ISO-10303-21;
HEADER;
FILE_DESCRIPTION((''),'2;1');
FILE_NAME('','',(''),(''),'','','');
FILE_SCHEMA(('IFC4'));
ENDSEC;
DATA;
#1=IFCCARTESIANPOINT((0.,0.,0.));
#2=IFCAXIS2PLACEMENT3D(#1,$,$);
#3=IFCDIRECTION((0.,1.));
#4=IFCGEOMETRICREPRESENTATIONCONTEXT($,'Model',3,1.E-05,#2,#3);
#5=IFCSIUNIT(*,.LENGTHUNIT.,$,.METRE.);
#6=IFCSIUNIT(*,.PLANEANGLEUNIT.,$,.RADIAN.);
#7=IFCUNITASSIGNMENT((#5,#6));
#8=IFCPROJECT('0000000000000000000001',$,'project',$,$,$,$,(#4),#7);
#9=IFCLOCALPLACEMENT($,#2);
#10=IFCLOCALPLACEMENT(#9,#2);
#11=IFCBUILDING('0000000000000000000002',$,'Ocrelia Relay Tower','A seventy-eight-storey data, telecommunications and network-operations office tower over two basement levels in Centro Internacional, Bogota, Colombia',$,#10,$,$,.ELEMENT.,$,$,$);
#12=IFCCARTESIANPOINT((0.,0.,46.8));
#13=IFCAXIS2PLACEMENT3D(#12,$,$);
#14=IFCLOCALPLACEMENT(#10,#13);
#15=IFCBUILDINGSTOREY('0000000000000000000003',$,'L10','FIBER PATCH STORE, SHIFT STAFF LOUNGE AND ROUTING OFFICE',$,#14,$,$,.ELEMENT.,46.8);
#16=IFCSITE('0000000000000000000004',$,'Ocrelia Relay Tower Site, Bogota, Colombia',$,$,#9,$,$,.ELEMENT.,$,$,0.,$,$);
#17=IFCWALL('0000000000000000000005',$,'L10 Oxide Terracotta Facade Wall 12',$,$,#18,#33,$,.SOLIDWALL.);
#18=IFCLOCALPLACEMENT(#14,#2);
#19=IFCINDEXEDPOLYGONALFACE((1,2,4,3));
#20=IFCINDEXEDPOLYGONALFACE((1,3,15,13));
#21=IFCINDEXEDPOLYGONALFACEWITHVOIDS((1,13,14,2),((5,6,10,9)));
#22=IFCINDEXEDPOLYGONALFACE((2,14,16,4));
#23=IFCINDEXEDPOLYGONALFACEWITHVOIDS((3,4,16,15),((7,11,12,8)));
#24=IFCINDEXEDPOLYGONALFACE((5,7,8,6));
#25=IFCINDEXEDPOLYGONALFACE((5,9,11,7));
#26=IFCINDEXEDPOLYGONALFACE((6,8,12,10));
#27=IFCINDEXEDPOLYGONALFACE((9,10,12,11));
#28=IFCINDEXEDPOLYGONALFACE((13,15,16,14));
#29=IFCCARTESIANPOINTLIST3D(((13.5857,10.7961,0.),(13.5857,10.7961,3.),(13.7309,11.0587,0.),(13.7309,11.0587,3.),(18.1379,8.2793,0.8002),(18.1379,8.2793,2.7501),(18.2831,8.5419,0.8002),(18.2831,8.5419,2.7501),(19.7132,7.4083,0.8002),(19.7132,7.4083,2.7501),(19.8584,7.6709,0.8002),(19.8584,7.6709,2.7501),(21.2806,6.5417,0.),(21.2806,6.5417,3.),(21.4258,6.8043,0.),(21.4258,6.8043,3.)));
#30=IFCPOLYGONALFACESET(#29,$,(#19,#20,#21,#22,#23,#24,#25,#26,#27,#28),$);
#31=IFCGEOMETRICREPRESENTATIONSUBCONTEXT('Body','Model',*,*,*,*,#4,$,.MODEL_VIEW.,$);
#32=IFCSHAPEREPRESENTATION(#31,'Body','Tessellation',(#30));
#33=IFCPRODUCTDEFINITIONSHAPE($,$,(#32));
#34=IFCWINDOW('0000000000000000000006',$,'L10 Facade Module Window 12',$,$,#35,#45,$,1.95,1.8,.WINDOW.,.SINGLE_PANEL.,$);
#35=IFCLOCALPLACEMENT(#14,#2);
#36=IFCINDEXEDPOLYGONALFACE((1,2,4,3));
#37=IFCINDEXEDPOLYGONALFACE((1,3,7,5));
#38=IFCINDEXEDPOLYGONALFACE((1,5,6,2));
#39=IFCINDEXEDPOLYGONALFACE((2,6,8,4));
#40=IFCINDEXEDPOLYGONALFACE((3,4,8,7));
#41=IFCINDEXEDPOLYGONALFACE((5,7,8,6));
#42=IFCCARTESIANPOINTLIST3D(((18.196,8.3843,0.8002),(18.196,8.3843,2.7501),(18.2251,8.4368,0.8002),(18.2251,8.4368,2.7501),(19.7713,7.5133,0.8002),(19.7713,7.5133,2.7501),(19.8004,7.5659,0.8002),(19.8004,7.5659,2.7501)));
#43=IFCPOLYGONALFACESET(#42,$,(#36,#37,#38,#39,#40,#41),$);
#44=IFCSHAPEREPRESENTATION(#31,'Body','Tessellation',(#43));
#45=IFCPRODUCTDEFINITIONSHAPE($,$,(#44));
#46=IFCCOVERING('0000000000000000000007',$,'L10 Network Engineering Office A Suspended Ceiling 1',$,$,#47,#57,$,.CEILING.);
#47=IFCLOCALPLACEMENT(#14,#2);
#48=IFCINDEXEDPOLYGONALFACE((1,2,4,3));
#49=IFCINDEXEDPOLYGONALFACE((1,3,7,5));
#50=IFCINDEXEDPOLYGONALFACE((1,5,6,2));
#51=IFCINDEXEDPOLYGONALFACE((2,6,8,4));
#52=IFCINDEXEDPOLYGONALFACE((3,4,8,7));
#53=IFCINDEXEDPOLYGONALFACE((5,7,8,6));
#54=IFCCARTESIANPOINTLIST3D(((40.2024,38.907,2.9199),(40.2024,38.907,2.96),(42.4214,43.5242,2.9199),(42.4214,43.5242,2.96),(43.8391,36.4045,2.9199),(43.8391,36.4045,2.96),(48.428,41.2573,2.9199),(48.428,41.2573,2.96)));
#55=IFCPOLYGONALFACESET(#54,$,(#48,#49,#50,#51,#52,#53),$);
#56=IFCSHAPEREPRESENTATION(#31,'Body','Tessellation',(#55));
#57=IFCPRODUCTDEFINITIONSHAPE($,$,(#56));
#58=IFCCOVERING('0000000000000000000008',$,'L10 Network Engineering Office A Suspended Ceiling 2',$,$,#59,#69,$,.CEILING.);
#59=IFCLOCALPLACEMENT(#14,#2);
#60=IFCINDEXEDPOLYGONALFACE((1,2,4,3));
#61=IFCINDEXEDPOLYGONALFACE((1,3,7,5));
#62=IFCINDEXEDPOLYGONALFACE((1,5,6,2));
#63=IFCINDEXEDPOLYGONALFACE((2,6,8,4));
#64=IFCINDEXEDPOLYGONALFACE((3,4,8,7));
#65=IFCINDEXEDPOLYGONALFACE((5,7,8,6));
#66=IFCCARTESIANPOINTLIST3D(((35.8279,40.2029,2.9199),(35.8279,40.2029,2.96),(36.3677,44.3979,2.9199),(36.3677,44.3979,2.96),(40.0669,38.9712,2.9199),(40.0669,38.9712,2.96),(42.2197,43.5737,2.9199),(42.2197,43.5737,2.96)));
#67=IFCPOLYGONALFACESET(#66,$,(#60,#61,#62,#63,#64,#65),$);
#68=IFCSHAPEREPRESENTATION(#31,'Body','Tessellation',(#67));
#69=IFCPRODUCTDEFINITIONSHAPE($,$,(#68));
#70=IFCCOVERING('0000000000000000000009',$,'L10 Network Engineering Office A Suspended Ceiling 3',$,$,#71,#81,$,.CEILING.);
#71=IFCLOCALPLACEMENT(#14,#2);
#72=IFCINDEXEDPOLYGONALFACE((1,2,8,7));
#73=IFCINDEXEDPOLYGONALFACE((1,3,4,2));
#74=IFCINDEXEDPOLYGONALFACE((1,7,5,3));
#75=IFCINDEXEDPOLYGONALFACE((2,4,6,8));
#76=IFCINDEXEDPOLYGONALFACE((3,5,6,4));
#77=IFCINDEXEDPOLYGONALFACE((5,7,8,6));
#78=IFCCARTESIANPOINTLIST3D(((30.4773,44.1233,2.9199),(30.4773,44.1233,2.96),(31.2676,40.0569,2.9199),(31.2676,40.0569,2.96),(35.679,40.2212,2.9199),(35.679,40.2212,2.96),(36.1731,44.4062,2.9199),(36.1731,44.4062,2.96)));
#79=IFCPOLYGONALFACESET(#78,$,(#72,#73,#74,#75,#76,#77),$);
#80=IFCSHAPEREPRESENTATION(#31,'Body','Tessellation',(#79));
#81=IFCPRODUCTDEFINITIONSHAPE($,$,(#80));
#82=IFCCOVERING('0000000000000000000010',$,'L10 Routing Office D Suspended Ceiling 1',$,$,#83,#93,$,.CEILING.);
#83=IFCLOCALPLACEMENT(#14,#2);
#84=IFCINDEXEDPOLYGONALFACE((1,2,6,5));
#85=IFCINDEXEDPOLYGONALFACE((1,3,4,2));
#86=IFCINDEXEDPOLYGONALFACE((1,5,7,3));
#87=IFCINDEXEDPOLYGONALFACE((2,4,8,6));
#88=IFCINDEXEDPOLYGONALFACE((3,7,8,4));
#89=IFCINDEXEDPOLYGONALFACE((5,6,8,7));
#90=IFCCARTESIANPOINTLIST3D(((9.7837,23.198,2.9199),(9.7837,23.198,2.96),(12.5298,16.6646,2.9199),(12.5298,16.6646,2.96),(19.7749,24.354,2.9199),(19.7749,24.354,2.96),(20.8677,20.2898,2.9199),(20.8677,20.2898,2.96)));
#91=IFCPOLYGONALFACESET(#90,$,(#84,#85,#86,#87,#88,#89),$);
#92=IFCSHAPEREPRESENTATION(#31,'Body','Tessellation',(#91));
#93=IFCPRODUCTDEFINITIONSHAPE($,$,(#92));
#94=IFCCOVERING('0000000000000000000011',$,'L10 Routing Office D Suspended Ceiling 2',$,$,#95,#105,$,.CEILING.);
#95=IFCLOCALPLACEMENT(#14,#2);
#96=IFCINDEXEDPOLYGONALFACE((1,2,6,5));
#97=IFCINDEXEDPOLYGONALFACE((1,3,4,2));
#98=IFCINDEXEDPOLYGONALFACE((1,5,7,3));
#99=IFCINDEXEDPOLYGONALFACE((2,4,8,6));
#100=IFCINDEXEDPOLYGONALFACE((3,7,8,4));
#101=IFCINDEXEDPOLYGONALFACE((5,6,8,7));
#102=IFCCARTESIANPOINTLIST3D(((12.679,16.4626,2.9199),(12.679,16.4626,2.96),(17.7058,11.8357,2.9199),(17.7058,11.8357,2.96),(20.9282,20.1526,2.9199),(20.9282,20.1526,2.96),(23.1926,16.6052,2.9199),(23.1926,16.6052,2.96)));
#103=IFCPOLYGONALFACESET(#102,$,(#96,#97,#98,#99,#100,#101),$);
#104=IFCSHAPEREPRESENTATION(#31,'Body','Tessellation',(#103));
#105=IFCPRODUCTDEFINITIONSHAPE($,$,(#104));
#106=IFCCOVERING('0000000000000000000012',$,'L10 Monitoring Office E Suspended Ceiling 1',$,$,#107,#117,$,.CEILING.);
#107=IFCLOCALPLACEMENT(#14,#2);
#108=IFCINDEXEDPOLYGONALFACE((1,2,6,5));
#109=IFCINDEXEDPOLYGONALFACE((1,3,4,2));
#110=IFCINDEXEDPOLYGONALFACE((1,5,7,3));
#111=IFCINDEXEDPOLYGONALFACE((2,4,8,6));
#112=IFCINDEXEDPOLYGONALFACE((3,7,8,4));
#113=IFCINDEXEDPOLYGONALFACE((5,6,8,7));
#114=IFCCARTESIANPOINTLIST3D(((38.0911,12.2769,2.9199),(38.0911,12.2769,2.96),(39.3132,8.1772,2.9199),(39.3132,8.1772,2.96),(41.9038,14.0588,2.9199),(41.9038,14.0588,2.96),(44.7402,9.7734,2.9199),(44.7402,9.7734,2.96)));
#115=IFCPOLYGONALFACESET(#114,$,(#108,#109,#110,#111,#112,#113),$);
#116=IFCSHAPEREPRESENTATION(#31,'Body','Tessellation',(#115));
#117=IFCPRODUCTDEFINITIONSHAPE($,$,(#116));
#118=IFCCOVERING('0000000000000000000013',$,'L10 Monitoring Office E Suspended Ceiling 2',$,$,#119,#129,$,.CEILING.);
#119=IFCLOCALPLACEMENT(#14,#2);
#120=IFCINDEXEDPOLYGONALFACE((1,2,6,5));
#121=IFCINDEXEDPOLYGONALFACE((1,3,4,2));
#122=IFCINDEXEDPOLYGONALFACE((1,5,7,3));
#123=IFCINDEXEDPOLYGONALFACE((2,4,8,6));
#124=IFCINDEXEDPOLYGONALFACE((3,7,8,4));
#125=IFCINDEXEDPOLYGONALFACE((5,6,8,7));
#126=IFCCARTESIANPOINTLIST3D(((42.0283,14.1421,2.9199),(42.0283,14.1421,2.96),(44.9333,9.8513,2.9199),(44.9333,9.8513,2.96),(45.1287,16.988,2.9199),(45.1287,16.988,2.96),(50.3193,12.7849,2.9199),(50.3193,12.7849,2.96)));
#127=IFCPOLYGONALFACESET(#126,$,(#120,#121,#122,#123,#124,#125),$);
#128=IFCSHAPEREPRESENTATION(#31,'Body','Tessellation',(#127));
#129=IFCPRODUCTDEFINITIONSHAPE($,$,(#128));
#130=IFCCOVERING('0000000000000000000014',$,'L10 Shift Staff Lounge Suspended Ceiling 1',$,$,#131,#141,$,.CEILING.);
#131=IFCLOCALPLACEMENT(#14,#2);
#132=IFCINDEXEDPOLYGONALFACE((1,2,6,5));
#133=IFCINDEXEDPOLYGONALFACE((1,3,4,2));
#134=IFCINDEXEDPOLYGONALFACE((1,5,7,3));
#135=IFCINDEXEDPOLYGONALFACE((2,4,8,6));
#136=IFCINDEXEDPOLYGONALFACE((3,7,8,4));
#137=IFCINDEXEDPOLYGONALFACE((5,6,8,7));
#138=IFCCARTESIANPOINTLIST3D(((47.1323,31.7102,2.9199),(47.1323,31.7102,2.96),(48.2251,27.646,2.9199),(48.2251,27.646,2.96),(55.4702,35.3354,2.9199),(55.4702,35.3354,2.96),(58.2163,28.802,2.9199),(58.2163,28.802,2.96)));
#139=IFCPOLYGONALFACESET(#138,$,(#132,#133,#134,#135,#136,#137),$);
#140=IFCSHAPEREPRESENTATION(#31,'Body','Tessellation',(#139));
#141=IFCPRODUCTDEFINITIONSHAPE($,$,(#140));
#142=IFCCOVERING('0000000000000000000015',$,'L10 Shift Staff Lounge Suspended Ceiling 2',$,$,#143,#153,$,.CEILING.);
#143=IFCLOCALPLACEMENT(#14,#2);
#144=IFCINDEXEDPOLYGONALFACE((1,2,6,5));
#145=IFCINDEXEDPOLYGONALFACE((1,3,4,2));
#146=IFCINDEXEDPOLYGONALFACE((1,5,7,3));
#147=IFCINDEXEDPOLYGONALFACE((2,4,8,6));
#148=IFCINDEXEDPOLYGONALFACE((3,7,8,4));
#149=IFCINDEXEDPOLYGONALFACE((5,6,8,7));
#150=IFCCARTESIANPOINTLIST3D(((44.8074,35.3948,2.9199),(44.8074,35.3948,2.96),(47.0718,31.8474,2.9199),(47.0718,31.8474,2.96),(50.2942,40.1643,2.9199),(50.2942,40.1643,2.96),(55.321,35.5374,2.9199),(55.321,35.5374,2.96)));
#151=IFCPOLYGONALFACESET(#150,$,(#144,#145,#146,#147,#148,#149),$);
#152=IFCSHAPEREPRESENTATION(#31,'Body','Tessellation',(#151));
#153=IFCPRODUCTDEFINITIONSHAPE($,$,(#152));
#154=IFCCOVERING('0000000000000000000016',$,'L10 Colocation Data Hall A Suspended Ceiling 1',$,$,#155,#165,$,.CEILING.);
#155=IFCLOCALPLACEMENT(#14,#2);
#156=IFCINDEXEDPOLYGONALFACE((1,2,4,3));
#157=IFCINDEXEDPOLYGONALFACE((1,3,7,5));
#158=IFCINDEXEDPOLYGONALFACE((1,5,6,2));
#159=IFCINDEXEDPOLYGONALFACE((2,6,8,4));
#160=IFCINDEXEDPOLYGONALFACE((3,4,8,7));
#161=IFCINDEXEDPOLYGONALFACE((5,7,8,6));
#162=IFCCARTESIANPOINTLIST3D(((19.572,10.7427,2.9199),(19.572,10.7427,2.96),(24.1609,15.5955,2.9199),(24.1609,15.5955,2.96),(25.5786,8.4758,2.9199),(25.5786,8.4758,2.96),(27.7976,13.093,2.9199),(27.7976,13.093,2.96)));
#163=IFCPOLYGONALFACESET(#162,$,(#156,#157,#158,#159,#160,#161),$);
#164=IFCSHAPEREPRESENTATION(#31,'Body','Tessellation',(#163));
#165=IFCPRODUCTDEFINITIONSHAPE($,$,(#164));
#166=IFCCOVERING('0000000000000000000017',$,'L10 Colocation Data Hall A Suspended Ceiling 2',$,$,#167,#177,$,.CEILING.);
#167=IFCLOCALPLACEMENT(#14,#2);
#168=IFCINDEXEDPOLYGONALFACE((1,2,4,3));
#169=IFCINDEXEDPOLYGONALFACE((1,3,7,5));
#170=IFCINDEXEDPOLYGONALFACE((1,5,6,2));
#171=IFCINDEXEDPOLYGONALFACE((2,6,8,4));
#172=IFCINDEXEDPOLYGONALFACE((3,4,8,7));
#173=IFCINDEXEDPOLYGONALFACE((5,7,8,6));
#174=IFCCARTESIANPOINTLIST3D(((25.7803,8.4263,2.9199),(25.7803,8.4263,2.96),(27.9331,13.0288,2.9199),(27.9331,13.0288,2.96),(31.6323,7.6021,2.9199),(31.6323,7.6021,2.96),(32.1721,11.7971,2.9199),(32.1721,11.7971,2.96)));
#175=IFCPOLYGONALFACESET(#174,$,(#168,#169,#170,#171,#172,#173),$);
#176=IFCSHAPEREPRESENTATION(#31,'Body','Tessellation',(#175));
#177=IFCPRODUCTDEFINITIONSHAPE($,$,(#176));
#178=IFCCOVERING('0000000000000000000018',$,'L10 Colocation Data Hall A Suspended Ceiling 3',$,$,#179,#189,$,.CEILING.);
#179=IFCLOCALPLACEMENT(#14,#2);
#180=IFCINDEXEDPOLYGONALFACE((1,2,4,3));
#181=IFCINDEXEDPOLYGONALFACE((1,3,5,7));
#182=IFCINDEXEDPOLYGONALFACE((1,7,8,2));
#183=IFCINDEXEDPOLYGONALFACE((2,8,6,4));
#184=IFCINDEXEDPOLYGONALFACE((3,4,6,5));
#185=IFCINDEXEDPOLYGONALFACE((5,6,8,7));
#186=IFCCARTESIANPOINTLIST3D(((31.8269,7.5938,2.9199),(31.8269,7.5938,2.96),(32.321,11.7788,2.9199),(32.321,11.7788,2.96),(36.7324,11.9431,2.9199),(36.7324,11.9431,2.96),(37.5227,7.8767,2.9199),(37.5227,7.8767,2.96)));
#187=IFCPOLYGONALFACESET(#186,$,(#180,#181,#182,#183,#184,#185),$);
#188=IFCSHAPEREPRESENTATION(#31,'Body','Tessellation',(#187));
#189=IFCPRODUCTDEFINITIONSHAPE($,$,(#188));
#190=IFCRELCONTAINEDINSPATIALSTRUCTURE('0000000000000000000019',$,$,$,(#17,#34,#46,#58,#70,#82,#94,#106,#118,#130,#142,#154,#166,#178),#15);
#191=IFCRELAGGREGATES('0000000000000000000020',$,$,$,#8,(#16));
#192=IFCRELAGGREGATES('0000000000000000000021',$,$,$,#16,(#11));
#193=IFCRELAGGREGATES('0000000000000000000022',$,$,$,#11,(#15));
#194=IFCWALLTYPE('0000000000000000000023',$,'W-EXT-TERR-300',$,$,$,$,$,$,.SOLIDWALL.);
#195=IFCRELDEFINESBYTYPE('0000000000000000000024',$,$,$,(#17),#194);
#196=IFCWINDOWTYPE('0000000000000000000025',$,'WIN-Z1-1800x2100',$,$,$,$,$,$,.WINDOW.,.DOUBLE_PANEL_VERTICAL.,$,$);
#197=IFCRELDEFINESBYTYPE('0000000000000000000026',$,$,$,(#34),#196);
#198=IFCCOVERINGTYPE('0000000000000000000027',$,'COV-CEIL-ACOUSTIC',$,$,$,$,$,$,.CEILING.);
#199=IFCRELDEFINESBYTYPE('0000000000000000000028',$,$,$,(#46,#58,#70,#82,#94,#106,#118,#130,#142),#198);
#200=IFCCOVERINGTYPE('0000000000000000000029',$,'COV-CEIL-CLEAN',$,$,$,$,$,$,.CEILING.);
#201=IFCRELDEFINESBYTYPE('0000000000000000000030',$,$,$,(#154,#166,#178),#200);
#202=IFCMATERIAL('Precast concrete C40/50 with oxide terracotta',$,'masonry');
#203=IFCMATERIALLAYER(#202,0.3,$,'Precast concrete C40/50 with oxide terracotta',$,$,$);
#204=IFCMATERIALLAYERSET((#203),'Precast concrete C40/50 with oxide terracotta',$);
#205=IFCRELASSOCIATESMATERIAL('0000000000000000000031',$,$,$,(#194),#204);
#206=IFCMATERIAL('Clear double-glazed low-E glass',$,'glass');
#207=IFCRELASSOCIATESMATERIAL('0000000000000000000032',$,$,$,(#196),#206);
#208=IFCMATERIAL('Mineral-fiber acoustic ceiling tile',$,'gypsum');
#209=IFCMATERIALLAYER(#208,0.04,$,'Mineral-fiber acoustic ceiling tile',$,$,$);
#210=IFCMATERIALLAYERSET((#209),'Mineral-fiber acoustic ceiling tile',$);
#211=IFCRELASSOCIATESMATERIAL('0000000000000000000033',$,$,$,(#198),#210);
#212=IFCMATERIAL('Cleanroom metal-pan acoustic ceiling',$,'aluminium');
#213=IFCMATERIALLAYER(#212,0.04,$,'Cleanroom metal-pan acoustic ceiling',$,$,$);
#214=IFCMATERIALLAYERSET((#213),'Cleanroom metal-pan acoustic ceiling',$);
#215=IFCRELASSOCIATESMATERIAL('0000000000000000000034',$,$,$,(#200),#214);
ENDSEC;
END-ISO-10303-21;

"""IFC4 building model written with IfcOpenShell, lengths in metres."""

from ifc_helpers import new_model, si_unit, direction, frame, frame_2d, origin, place, context, subcontext, project, spatial, polyline, rectangle, outline, extrude, material, layer, layer_set, type_object, element, fill, save


model = new_model("IFC4")

# Units and contexts
model_context = context("Model", 3, precision=1e-05, world=origin(), true_north=direction((0.0, 1.0)))
body_context = subcontext(model_context, "Body", "Model", "MODEL_VIEW")
ifc_project = project(units=[si_unit("LENGTHUNIT", "METRE"), si_unit("PLANEANGLEUNIT", "RADIAN")], contexts=[model_context])

# Site, building, storey
site_placement = place(None, origin())
site = spatial("IfcSite", under=ifc_project, at=site_placement, Name="Ocrelia Relay Tower Site, Bogota, Colombia", CompositionType="ELEMENT", RefElevation=0.0)
building_placement = place(site_placement, origin())
building = spatial("IfcBuilding", under=site, at=building_placement, Name="Ocrelia Relay Tower", Description="A seventy-eight-storey data, telecommunications and network-operations office tower over two basement levels in Centro Internacional, Bogota, Colombia", CompositionType="ELEMENT")
storey_placement = place(building_placement, frame((0.0, 0.0, 46.8)))
storey = spatial("IfcBuildingStorey", under=building, at=storey_placement, Name="L10", Description="FIBER PATCH STORE, SHIFT STAFF LOUNGE AND ROUTING OFFICE", CompositionType="ELEMENT", Elevation=46.8)

# Wall, opening, window
ifc_material_1 = material(Name="Precast concrete C40/50 with oxide terracotta", Category="masonry")
ifc_layer_1 = layer(ifc_material_1, 0.3, Name="Precast concrete C40/50 with oxide terracotta")
ifc_layer_set_1 = layer_set([ifc_layer_1], Name="Precast concrete C40/50 with oxide terracotta")
wall_type = type_object("IfcWallType", Name="W-EXT-TERR-300", PredefinedType="SOLIDWALL", material=ifc_layer_set_1)
wall_placement = place(storey_placement, frame((13.6582, 10.9275, 0.0), z_axis=(0.0, 0.0, 1.0), x_axis=(0.875146, -0.48386, 0.0)))
wall = element("IfcWall", 1, at=wall_placement, inside=storey, type_object=wall_type, Name="L10 Oxide Terracotta Facade Wall 12", PredefinedType="SOLIDWALL", context=body_context, shape_type="SweptSolid", body=[
    extrude(rectangle(XDim=8.7927, YDim=0.3, at=frame_2d((4.3965, 0.0))), origin(), (0.0, 0.0, 1.0), 3.0),
])
opening_placement = place(wall_placement, frame((5.2019, 0.0, 0.8)))
opening = element("IfcOpeningElement", 2, at=opening_placement, cuts=wall, PredefinedType="OPENING", context=body_context, shape_type="SweptSolid", body=[
    extrude(rectangle(XDim=1.8, YDim=1.95, at=frame_2d((0.8999, 0.9751))), frame((0.0, 0.1602, 0.0), z_axis=(0.0, -1.0, 0.0), x_axis=(1.0, 0.0, 0.0)), (0.0, 0.0, 1.0), 0.3201),
])
ifc_material_2 = material(Name="Clear double-glazed low-E glass", Category="glass")
window_type = type_object("IfcWindowType", Name="WIN-Z1-1800x2100", PartitioningType="DOUBLE_PANEL_VERTICAL", PredefinedType="WINDOW", material=ifc_material_2)
window_placement = place(opening_placement, origin())
window = element("IfcWindow", 3, at=window_placement, inside=storey, type_object=window_type, Name="L10 Facade Module Window 12", OverallHeight=1.95, OverallWidth=1.8, PartitioningType="SINGLE_PANEL", PredefinedType="WINDOW", context=body_context, shape_type="SweptSolid", body=[
    extrude(rectangle(XDim=1.8, YDim=1.95, at=frame_2d((0.8999, 0.9751))), frame((0.0, 0.03, 0.0), z_axis=(0.0, -1.0, 0.0), x_axis=(1.0, 0.0, 0.0)), (0.0, 0.0, 1.0), 0.0601),
])
fill(opening, window)

# Coverings
ifc_material_3 = material(Name="Mineral-fiber acoustic ceiling tile", Category="gypsum")
ifc_layer_2 = layer(ifc_material_3, 0.04, Name="Mineral-fiber acoustic ceiling tile")
ifc_layer_set_2 = layer_set([ifc_layer_2], Name="Mineral-fiber acoustic ceiling tile")
covering_type_1 = type_object("IfcCoveringType", Name="COV-CEIL-ACOUSTIC", PredefinedType="CEILING", material=ifc_layer_set_2)
covering_1_placement = place(storey_placement, frame((0.0, 0.0, 2.9199)))
element("IfcCovering", 4, at=covering_1_placement, inside=storey, type_object=covering_type_1, Name="L10 Network Engineering Office A Suspended Ceiling 1", PredefinedType="CEILING", context=body_context, shape_type="SweptSolid", body=[
    extrude(outline(polyline([(43.8391, 36.4045), (48.428, 41.2573), (42.4214, 43.5242), (40.2024, 38.907), (43.8391, 36.4045)])), origin(), (0.0, 0.0, 1.0), 0.04),
])
covering_2_placement = place(storey_placement, frame((0.0, 0.0, 2.9199)))
element("IfcCovering", 5, at=covering_2_placement, inside=storey, type_object=covering_type_1, Name="L10 Network Engineering Office A Suspended Ceiling 2", PredefinedType="CEILING", context=body_context, shape_type="SweptSolid", body=[
    extrude(outline(polyline([(40.0669, 38.9712), (42.2197, 43.5737), (36.3677, 44.3979), (35.8279, 40.2029), (40.0669, 38.9712)])), origin(), (0.0, 0.0, 1.0), 0.04),
])
covering_3_placement = place(storey_placement, frame((0.0, 0.0, 2.9199)))
element("IfcCovering", 6, at=covering_3_placement, inside=storey, type_object=covering_type_1, Name="L10 Network Engineering Office A Suspended Ceiling 3", PredefinedType="CEILING", context=body_context, shape_type="SweptSolid", body=[
    extrude(outline(polyline([(35.679, 40.2212), (36.1731, 44.4062), (30.4773, 44.1233), (31.2676, 40.0569), (35.679, 40.2212)])), origin(), (0.0, 0.0, 1.0), 0.04),
])
covering_4_placement = place(storey_placement, frame((0.0, 0.0, 2.9199)))
element("IfcCovering", 7, at=covering_4_placement, inside=storey, type_object=covering_type_1, Name="L10 Routing Office D Suspended Ceiling 1", PredefinedType="CEILING", context=body_context, shape_type="SweptSolid", body=[
    extrude(outline(polyline([(19.7749, 24.354), (9.7837, 23.198), (12.5298, 16.6646), (20.8677, 20.2898), (19.7749, 24.354)])), origin(), (0.0, 0.0, 1.0), 0.04),
])
covering_5_placement = place(storey_placement, frame((0.0, 0.0, 2.9199)))
element("IfcCovering", 8, at=covering_5_placement, inside=storey, type_object=covering_type_1, Name="L10 Routing Office D Suspended Ceiling 2", PredefinedType="CEILING", context=body_context, shape_type="SweptSolid", body=[
    extrude(outline(polyline([(20.9282, 20.1526), (12.679, 16.4626), (17.7058, 11.8357), (23.1926, 16.6052), (20.9282, 20.1526)])), origin(), (0.0, 0.0, 1.0), 0.04),
])
covering_6_placement = place(storey_placement, frame((0.0, 0.0, 2.9199)))
element("IfcCovering", 9, at=covering_6_placement, inside=storey, type_object=covering_type_1, Name="L10 Monitoring Office E Suspended Ceiling 1", PredefinedType="CEILING", context=body_context, shape_type="SweptSolid", body=[
    extrude(outline(polyline([(38.0911, 12.2769), (39.3132, 8.1772), (44.7402, 9.7734), (41.9038, 14.0588), (38.0911, 12.2769)])), origin(), (0.0, 0.0, 1.0), 0.04),
])
covering_7_placement = place(storey_placement, frame((0.0, 0.0, 2.9199)))
element("IfcCovering", 10, at=covering_7_placement, inside=storey, type_object=covering_type_1, Name="L10 Monitoring Office E Suspended Ceiling 2", PredefinedType="CEILING", context=body_context, shape_type="SweptSolid", body=[
    extrude(outline(polyline([(42.0283, 14.1421), (44.9333, 9.8513), (50.3193, 12.7849), (45.1287, 16.988), (42.0283, 14.1421)])), origin(), (0.0, 0.0, 1.0), 0.04),
])
covering_8_placement = place(storey_placement, frame((0.0, 0.0, 2.9199)))
element("IfcCovering", 11, at=covering_8_placement, inside=storey, type_object=covering_type_1, Name="L10 Shift Staff Lounge Suspended Ceiling 1", PredefinedType="CEILING", context=body_context, shape_type="SweptSolid", body=[
    extrude(outline(polyline([(48.2251, 27.646), (58.2163, 28.802), (55.4702, 35.3354), (47.1323, 31.7102), (48.2251, 27.646)])), origin(), (0.0, 0.0, 1.0), 0.04),
])
covering_9_placement = place(storey_placement, frame((0.0, 0.0, 2.9199)))
element("IfcCovering", 12, at=covering_9_placement, inside=storey, type_object=covering_type_1, Name="L10 Shift Staff Lounge Suspended Ceiling 2", PredefinedType="CEILING", context=body_context, shape_type="SweptSolid", body=[
    extrude(outline(polyline([(47.0718, 31.8474), (55.321, 35.5374), (50.2942, 40.1643), (44.8074, 35.3948), (47.0718, 31.8474)])), origin(), (0.0, 0.0, 1.0), 0.04),
])
ifc_material_4 = material(Name="Cleanroom metal-pan acoustic ceiling", Category="aluminium")
ifc_layer_3 = layer(ifc_material_4, 0.04, Name="Cleanroom metal-pan acoustic ceiling")
ifc_layer_set_3 = layer_set([ifc_layer_3], Name="Cleanroom metal-pan acoustic ceiling")
covering_type_2 = type_object("IfcCoveringType", Name="COV-CEIL-CLEAN", PredefinedType="CEILING", material=ifc_layer_set_3)
covering_10_placement = place(storey_placement, frame((0.0, 0.0, 2.9199)))
element("IfcCovering", 13, at=covering_10_placement, inside=storey, type_object=covering_type_2, Name="L10 Colocation Data Hall A Suspended Ceiling 1", PredefinedType="CEILING", context=body_context, shape_type="SweptSolid", body=[
    extrude(outline(polyline([(24.1609, 15.5955), (19.572, 10.7427), (25.5786, 8.4758), (27.7976, 13.093), (24.1609, 15.5955)])), origin(), (0.0, 0.0, 1.0), 0.04),
])
covering_11_placement = place(storey_placement, frame((0.0, 0.0, 2.9199)))
element("IfcCovering", 14, at=covering_11_placement, inside=storey, type_object=covering_type_2, Name="L10 Colocation Data Hall A Suspended Ceiling 2", PredefinedType="CEILING", context=body_context, shape_type="SweptSolid", body=[
    extrude(outline(polyline([(27.9331, 13.0288), (25.7803, 8.4263), (31.6323, 7.6021), (32.1721, 11.7971), (27.9331, 13.0288)])), origin(), (0.0, 0.0, 1.0), 0.04),
])
covering_12_placement = place(storey_placement, frame((0.0, 0.0, 2.9199)))
element("IfcCovering", 15, at=covering_12_placement, inside=storey, type_object=covering_type_2, Name="L10 Colocation Data Hall A Suspended Ceiling 3", PredefinedType="CEILING", context=body_context, shape_type="SweptSolid", body=[
    extrude(outline(polyline([(32.321, 11.7788), (31.8269, 7.5938), (37.5227, 7.8767), (36.7324, 11.9431), (32.321, 11.7788)])), origin(), (0.0, 0.0, 1.0), 0.04),
])

save(model, "model.ifc")
